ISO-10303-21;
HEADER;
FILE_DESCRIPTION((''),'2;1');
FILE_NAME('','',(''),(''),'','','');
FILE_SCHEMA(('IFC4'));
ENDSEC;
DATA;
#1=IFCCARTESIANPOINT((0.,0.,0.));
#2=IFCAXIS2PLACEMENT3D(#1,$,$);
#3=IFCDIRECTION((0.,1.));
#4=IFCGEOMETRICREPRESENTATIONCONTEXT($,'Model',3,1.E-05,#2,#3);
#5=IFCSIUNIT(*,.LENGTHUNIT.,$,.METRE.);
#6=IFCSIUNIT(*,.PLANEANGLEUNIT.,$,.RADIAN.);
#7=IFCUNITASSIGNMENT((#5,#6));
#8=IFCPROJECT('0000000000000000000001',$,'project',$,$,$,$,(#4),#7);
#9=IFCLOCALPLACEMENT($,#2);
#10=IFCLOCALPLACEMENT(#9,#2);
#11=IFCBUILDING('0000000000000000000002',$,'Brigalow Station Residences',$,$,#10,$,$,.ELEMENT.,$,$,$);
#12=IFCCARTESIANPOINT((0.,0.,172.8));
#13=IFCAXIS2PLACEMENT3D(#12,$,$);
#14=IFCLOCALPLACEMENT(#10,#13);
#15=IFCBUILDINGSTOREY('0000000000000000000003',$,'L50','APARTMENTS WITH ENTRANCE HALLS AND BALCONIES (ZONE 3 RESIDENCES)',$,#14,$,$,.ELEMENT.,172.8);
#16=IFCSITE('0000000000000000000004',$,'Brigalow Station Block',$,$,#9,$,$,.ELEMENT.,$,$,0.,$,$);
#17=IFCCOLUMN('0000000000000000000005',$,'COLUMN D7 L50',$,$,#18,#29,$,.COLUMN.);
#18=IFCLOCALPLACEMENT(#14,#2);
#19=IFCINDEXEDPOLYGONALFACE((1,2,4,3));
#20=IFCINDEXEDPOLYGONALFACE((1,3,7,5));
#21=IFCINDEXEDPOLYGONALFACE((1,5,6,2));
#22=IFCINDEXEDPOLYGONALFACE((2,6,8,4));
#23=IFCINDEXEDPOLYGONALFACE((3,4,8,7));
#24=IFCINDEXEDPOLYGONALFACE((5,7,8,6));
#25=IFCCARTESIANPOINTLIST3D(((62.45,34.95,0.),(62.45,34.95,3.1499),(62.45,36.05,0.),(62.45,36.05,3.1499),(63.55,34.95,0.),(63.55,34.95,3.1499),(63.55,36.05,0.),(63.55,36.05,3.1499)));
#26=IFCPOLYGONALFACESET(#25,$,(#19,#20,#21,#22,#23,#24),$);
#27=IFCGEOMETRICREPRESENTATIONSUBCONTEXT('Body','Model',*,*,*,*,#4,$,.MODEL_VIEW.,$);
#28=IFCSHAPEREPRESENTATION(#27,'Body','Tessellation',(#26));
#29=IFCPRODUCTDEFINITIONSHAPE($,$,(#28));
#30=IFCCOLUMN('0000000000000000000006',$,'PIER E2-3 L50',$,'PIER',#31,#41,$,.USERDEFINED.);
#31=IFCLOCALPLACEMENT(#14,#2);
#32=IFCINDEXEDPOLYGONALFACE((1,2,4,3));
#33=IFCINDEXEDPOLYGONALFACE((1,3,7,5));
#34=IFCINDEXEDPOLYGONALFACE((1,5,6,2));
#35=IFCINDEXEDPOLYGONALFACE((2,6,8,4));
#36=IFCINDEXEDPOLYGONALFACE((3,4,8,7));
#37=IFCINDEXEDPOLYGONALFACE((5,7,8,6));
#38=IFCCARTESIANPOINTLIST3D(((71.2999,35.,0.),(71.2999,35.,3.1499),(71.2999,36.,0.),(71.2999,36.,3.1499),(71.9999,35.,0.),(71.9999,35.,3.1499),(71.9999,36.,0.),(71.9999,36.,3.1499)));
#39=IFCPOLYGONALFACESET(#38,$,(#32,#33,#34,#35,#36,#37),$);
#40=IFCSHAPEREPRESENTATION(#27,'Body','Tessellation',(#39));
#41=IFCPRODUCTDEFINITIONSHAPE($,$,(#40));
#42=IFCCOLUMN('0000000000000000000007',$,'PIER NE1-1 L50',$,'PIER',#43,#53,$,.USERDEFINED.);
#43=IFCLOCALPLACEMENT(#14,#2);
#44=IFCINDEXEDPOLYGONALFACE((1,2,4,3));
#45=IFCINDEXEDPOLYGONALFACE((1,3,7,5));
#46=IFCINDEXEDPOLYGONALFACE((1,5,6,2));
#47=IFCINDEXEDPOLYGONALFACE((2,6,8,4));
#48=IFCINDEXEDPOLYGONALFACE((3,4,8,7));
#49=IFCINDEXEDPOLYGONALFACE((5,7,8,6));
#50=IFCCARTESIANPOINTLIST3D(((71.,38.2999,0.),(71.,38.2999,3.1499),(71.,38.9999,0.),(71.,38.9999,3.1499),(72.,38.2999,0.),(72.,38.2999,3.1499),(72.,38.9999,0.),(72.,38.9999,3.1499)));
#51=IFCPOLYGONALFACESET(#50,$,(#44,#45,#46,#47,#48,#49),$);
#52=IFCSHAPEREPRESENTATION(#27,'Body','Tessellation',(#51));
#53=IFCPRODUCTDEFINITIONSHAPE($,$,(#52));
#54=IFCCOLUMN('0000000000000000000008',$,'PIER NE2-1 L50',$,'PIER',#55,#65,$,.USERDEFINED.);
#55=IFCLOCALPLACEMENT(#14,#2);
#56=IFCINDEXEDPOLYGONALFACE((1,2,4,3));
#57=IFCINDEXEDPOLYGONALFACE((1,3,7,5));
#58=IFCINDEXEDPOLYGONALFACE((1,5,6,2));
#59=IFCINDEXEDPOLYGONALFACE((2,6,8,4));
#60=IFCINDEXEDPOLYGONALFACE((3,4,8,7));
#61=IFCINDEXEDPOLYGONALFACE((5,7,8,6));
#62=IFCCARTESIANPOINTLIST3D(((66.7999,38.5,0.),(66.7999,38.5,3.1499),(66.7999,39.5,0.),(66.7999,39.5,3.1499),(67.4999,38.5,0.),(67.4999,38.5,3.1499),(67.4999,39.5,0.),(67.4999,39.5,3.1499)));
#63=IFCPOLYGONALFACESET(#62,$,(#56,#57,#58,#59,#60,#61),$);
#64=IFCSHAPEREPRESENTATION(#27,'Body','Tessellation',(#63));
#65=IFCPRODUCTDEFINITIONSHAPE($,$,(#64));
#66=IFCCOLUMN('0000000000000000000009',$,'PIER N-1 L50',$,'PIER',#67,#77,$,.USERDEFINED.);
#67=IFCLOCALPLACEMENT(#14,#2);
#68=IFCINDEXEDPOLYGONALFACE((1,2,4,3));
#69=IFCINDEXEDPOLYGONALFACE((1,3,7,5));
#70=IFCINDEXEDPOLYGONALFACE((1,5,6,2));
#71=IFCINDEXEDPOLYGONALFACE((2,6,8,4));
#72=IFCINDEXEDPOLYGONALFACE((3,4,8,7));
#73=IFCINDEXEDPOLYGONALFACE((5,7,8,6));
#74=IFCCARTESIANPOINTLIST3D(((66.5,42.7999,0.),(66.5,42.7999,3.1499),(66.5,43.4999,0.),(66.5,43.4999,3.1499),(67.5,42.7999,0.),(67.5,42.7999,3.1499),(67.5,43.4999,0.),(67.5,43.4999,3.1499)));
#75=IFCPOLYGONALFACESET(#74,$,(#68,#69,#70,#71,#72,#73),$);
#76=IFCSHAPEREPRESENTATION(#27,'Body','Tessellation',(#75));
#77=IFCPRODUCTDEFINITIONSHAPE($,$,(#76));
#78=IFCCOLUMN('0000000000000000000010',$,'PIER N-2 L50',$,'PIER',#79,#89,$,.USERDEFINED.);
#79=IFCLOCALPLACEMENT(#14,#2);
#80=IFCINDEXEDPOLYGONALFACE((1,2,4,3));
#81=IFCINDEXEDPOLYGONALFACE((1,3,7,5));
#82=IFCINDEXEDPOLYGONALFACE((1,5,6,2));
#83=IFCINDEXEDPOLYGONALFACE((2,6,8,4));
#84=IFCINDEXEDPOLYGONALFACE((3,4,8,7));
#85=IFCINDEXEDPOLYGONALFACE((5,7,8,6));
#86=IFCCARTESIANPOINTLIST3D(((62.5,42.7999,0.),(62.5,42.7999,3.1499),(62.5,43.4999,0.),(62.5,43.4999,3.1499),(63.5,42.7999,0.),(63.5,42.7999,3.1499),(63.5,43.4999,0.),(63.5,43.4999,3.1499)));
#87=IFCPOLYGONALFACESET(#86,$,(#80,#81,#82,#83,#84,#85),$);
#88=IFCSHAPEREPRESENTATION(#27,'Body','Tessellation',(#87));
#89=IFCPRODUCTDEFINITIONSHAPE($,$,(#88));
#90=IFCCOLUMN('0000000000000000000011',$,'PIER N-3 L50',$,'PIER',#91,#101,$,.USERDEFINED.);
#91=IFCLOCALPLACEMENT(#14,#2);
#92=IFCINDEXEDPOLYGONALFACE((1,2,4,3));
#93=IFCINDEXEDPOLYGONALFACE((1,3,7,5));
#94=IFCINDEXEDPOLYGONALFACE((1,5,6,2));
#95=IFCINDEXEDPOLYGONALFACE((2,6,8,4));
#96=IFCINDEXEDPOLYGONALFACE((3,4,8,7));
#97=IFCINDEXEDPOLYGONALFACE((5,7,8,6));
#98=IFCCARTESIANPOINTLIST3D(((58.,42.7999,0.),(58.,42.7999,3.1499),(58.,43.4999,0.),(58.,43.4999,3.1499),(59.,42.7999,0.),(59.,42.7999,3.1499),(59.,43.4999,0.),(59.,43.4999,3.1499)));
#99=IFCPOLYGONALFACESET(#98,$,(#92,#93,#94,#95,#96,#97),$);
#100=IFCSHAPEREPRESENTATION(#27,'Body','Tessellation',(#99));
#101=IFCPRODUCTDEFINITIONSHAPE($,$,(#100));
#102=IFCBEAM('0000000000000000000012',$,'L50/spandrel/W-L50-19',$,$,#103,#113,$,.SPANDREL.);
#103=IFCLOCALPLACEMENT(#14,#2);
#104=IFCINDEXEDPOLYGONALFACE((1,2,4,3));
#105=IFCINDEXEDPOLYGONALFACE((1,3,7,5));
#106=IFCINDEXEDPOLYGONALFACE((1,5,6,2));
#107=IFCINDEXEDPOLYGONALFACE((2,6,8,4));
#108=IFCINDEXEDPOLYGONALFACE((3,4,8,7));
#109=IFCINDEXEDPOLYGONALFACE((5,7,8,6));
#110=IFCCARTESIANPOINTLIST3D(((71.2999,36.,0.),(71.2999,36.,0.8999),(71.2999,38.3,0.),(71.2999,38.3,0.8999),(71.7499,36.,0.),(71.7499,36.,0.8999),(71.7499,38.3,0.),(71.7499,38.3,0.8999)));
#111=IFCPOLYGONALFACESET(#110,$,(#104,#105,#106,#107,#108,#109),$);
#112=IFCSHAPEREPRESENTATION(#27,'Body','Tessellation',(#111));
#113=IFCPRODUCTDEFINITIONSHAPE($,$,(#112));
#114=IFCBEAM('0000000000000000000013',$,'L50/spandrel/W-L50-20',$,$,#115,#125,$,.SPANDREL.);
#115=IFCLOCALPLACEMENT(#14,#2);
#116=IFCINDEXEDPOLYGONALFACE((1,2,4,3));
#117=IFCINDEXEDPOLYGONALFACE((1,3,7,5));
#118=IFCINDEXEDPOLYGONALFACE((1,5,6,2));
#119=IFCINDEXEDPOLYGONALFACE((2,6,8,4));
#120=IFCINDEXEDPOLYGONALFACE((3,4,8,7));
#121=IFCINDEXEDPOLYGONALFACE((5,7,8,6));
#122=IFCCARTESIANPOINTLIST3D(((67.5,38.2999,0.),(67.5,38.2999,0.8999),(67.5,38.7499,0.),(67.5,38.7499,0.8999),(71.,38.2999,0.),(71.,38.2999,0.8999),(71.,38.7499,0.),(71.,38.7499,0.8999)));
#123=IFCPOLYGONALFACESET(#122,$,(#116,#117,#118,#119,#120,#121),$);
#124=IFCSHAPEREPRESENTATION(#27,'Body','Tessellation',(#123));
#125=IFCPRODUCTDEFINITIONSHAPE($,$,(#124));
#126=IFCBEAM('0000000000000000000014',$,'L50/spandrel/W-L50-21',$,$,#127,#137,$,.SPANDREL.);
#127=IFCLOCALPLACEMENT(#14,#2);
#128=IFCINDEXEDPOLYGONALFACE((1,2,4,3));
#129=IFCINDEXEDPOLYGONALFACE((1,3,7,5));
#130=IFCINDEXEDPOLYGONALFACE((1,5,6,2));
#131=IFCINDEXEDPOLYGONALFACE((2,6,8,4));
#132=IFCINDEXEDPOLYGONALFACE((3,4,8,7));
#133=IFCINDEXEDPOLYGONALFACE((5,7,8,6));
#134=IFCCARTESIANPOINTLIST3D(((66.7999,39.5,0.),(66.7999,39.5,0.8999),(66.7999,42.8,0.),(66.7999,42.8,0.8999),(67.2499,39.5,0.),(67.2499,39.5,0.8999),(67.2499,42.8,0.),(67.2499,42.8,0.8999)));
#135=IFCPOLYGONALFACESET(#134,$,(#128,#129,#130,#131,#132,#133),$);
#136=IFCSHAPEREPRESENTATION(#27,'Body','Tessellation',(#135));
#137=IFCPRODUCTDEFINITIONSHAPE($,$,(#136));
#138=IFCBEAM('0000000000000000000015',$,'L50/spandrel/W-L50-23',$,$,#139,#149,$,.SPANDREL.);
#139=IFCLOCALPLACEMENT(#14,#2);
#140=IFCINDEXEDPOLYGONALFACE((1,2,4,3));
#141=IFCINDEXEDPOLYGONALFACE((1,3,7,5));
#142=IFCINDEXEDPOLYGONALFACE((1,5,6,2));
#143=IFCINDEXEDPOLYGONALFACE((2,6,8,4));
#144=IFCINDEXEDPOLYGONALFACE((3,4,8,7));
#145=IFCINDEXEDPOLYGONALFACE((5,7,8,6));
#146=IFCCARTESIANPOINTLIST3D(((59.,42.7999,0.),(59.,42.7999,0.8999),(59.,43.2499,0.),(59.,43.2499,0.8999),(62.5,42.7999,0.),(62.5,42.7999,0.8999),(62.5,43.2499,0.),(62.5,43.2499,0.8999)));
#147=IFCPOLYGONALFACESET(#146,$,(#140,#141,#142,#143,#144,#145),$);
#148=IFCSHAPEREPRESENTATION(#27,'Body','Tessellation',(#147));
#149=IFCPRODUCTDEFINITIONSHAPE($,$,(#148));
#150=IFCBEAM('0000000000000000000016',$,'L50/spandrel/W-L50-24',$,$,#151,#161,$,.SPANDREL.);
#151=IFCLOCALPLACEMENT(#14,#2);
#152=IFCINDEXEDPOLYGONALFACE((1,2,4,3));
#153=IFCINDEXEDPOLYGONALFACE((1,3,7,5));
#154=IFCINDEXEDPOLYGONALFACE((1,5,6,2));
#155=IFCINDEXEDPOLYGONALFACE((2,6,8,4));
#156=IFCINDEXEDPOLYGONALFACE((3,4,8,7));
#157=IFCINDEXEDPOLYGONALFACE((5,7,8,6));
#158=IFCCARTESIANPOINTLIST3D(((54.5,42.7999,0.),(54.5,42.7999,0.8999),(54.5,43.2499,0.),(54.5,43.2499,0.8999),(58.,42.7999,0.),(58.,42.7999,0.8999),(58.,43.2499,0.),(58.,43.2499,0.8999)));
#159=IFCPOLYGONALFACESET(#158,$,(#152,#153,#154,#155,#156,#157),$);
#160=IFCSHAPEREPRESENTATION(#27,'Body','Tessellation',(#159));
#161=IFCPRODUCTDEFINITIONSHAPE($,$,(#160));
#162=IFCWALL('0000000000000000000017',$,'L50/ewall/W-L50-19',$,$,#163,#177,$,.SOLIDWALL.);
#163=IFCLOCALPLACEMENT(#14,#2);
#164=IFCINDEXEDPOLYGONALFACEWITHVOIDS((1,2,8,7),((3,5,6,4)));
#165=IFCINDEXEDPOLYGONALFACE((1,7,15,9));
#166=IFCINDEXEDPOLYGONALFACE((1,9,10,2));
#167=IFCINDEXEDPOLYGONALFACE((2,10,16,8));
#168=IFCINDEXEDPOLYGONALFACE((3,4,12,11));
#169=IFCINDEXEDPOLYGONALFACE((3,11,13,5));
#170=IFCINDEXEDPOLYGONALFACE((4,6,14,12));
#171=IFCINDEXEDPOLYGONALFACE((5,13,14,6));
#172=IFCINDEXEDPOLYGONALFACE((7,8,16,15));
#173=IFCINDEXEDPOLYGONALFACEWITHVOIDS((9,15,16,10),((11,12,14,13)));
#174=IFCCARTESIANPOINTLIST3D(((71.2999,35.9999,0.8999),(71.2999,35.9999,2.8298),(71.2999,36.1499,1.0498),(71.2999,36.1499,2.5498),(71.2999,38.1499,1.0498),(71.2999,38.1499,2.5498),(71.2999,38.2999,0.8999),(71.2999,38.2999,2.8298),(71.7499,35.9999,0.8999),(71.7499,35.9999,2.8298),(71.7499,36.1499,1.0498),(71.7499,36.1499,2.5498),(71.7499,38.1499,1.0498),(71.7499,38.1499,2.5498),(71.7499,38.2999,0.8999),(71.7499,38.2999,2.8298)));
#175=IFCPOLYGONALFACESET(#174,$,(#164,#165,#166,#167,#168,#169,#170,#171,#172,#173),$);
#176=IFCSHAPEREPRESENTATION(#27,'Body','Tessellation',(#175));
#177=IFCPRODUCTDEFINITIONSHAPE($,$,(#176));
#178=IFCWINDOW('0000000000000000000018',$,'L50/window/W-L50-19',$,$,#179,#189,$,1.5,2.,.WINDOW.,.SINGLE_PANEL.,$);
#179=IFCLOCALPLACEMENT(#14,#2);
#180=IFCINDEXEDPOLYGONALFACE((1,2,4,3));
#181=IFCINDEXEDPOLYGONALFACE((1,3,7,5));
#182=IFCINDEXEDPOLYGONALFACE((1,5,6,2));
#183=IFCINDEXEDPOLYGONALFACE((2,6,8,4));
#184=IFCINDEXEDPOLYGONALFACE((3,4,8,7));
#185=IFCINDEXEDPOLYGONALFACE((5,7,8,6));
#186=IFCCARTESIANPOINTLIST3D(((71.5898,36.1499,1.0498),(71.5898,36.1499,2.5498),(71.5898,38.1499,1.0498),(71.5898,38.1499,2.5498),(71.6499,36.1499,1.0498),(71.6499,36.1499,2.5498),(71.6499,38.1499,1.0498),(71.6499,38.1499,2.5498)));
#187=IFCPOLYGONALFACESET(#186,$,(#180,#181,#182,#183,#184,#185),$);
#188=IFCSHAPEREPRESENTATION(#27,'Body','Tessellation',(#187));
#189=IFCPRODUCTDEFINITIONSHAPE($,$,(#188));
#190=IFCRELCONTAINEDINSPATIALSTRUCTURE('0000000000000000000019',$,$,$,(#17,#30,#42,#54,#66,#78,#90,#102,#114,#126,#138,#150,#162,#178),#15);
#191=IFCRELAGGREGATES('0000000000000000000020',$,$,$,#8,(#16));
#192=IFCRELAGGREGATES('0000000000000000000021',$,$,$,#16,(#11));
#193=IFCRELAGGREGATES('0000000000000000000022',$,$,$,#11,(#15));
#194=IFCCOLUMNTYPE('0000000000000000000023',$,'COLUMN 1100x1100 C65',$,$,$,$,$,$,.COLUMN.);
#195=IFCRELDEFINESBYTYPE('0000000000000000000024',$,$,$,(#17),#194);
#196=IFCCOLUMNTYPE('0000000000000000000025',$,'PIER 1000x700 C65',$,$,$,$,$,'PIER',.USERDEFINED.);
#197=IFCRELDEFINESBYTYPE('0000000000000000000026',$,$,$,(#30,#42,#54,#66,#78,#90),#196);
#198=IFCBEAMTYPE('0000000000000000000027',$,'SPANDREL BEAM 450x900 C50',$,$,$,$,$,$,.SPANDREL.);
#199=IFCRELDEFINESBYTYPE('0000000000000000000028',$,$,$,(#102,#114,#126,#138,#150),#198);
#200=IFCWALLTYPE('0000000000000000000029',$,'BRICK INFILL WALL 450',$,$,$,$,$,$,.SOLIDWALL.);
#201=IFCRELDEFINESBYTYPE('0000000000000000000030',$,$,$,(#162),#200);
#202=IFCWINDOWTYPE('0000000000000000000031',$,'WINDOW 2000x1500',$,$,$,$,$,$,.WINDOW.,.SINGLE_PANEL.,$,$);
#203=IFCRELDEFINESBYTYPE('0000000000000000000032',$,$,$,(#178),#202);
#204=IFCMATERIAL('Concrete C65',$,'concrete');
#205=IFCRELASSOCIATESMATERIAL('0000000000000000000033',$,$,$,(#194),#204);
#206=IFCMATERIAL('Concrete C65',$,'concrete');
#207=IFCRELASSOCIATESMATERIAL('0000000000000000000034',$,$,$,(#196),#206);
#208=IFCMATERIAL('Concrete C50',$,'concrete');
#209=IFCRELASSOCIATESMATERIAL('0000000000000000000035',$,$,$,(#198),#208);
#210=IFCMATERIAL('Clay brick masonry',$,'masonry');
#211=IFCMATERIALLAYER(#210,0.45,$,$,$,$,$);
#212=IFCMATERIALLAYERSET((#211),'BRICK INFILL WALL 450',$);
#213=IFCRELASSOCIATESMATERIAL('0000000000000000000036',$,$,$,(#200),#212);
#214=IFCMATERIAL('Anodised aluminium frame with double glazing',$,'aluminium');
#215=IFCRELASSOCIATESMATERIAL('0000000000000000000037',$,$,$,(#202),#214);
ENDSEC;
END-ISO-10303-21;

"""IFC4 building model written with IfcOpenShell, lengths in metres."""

from ifc_helpers import new_model, si_unit, direction, frame, frame_2d, origin, origin_2d, place, context, subcontext, project, spatial, rectangle, extrude, material, layer, layer_set, material_profile, profile_set, type_object, element, fill, save


model = new_model("IFC4")

# Units and contexts
model_context = context("Model", 3, precision=1e-05, world=origin(), true_north=direction((0.0, 1.0)))
body_context = subcontext(model_context, "Body", "Model", "MODEL_VIEW")
ifc_project = project(units=[si_unit("LENGTHUNIT", "METRE"), si_unit("PLANEANGLEUNIT", "RADIAN")], contexts=[model_context])

# Site, building, storey
site_placement = place(None, origin())
site = spatial("IfcSite", under=ifc_project, at=site_placement, Name="Brigalow Station Block", CompositionType="ELEMENT", RefElevation=0.0)
building_placement = place(site_placement, origin())
building = spatial("IfcBuilding", under=site, at=building_placement, Name="Brigalow Station Residences", CompositionType="ELEMENT")
storey_placement = place(building_placement, frame((0.0, 0.0, 172.8)))
storey = spatial("IfcBuildingStorey", under=building, at=storey_placement, Name="L50", Description="APARTMENTS WITH ENTRANCE HALLS AND BALCONIES (ZONE 3 RESIDENCES)", CompositionType="ELEMENT", Elevation=172.8)

# Columns
ifc_material_1 = material(Name="Concrete C65", Category="concrete")
ifc_material_profile_1 = material_profile(ifc_material_1, rectangle(XDim=1.1001, YDim=1.1001, at=origin_2d()), Name="RC1100x1100")
ifc_profile_set_1 = profile_set([ifc_material_profile_1], Name="Concrete C65")
column_type_1 = type_object("IfcColumnType", Name="COLUMN 1100x1100 C65", PredefinedType="COLUMN", material=ifc_profile_set_1)
column_placement = place(storey_placement, frame((63.0, 35.5, 0.0), z_axis=(0.0, 0.0, 1.0), x_axis=(1.0, 0.0, 0.0)))
element("IfcColumn", 1, at=column_placement, inside=storey, type_object=column_type_1, Name="COLUMN D7 L50", PredefinedType="COLUMN", context=body_context, shape_type="SweptSolid", body=[
    extrude(rectangle(XDim=1.1001, YDim=1.1001, at=origin_2d()), origin(), (0.0, 0.0, 1.0), 3.1499),
])
ifc_material_2 = material(Name="Concrete C65", Category="concrete")
ifc_material_profile_2 = material_profile(ifc_material_2, rectangle(XDim=1.0, YDim=0.7, at=origin_2d()), Name="RC1000x700")
ifc_profile_set_2 = profile_set([ifc_material_profile_2], Name="Concrete C65")
column_type_2 = type_object("IfcColumnType", Name="PIER 1000x700 C65", ElementType="PIER", PredefinedType="USERDEFINED", material=ifc_profile_set_2)
for number, where, z_axis, x_axis, name in (
    (2, (71.6499, 35.5, 0.0), (0.0, 0.0, 1.0), (0.0, 1.0, 0.0), "PIER E2-3 L50"),
    (3, (71.5, 38.6499, 0.0), (0.0, 0.0, 1.0), (-1.0, 0.0, 0.0), "PIER NE1-1 L50"),
    (4, (67.1499, 39.0, 0.0), (0.0, 0.0, 1.0), (0.0, 1.0, 0.0), "PIER NE2-1 L50"),
    (5, (67.0, 43.1499, 0.0), (0.0, 0.0, 1.0), (-1.0, 0.0, 0.0), "PIER N-1 L50"),
    (6, (63.0, 43.1499, 0.0), (0.0, 0.0, 1.0), (-1.0, 0.0, 0.0), "PIER N-2 L50"),
    (7, (58.5, 43.1499, 0.0), (0.0, 0.0, 1.0), (-1.0, 0.0, 0.0), "PIER N-3 L50"),
):
    element("IfcColumn", number, at=place(storey_placement, frame(where, z_axis=z_axis, x_axis=x_axis)), inside=storey, type_object=column_type_2, Name=name, ObjectType="PIER", PredefinedType="USERDEFINED", context=body_context, shape_type="SweptSolid", body=[
        extrude(rectangle(XDim=1.0, YDim=0.7, at=origin_2d()), origin(), (0.0, 0.0, 1.0), 3.1499),
    ])

# Beams
ifc_material_3 = material(Name="Concrete C50", Category="concrete")
ifc_material_profile_3 = material_profile(ifc_material_3, rectangle(XDim=0.45, YDim=0.8999, at=origin_2d()), Name="RC450x900")
ifc_profile_set_3 = profile_set([ifc_material_profile_3], Name="Concrete C50")
beam_type = type_object("IfcBeamType", Name="SPANDREL BEAM 450x900 C50", PredefinedType="SPANDREL", material=ifc_profile_set_3)
beam_1_placement = place(storey_placement, frame((71.5249, 36.0, 0.45), z_axis=(0.0, 1.0, 0.0), x_axis=(-1.0, 0.0, 0.0)))
element("IfcBeam", 8, at=beam_1_placement, inside=storey, type_object=beam_type, Name="L50/spandrel/W-L50-19", PredefinedType="SPANDREL", context=body_context, shape_type="SweptSolid", body=[
    extrude(rectangle(XDim=0.45, YDim=0.8999, at=origin_2d()), origin(), (0.0, 0.0, 1.0), 2.3),
])
beam_2_placement = place(storey_placement, frame((71.0, 38.5249, 0.45), z_axis=(-1.0, 0.0, 0.0), x_axis=(0.0, -1.0, 0.0)))
element("IfcBeam", 9, at=beam_2_placement, inside=storey, type_object=beam_type, Name="L50/spandrel/W-L50-20", PredefinedType="SPANDREL", context=body_context, shape_type="SweptSolid", body=[
    extrude(rectangle(XDim=0.45, YDim=0.8999, at=origin_2d()), origin(), (0.0, 0.0, 1.0), 3.5),
])
beam_3_placement = place(storey_placement, frame((67.0249, 39.5, 0.45), z_axis=(0.0, 1.0, 0.0), x_axis=(-1.0, 0.0, 0.0)))
element("IfcBeam", 10, at=beam_3_placement, inside=storey, type_object=beam_type, Name="L50/spandrel/W-L50-21", PredefinedType="SPANDREL", context=body_context, shape_type="SweptSolid", body=[
    extrude(rectangle(XDim=0.45, YDim=0.8999, at=origin_2d()), origin(), (0.0, 0.0, 1.0), 3.3),
])
for number, where, z_axis, x_axis, name in (
    (11, (62.5, 43.0249, 0.45), (-1.0, 0.0, 0.0), (0.0, -1.0, 0.0), "L50/spandrel/W-L50-23"),
    (12, (58.0, 43.0249, 0.45), (-1.0, 0.0, 0.0), (0.0, -1.0, 0.0), "L50/spandrel/W-L50-24"),
):
    element("IfcBeam", number, at=place(storey_placement, frame(where, z_axis=z_axis, x_axis=x_axis)), inside=storey, type_object=beam_type, Name=name, PredefinedType="SPANDREL", context=body_context, shape_type="SweptSolid", body=[
        extrude(rectangle(XDim=0.45, YDim=0.8999, at=origin_2d()), origin(), (0.0, 0.0, 1.0), 3.5),
    ])

# Wall, opening, window
ifc_material_4 = material(Name="Clay brick masonry", Category="masonry")
ifc_layer_1 = layer(ifc_material_4, 0.45)
ifc_layer_set_1 = layer_set([ifc_layer_1], Name="BRICK INFILL WALL 450")
wall_type_1 = type_object("IfcWallType", Name="BRICK INFILL WALL 450", PredefinedType="SOLIDWALL", material=ifc_layer_set_1)
wall_1_placement = place(storey_placement, frame((71.5249, 36.0, 0.8999), z_axis=(0.0, 0.0, 1.0), x_axis=(0.0, 1.0, 0.0)))
wall_1 = element("IfcWall", 13, at=wall_1_placement, inside=storey, type_object=wall_type_1, Name="L50/ewall/W-L50-19", PredefinedType="SOLIDWALL", context=body_context, shape_type="SweptSolid", body=[
    extrude(rectangle(XDim=2.3, YDim=0.45, at=frame_2d((1.1499, 0.0))), origin(), (0.0, 0.0, 1.0), 1.9299),
])
opening_1_placement = place(wall_1_placement, frame((0.1499, 0.0, 0.1499)))
opening_1 = element("IfcOpeningElement", 14, at=opening_1_placement, cuts=wall_1, PredefinedType="OPENING", context=body_context, shape_type="SweptSolid", body=[
    extrude(rectangle(XDim=2.0, YDim=1.5, at=frame_2d((1.0, 0.75))), frame((0.0, 0.2349, 0.0), z_axis=(0.0, -1.0, 0.0), x_axis=(1.0, 0.0, 0.0)), (0.0, 0.0, 1.0), 0.47),
])
ifc_material_5 = material(Name="Anodised aluminium frame with double glazing", Category="aluminium")
window_type_1 = type_object("IfcWindowType", Name="WINDOW 2000x1500", PartitioningType="SINGLE_PANEL", PredefinedType="WINDOW", material=ifc_material_5)
window_1_placement = place(opening_1_placement, origin())
window_1 = element("IfcWindow", 15, at=window_1_placement, inside=storey, type_object=window_type_1, Name="L50/window/W-L50-19", OverallHeight=1.5, OverallWidth=2.0, PartitioningType="SINGLE_PANEL", PredefinedType="WINDOW", context=body_context, shape_type="SweptSolid", body=[
    extrude(rectangle(XDim=2.0, YDim=1.5, at=frame_2d((1.0, 0.75))), frame((0.0, -0.0649, 0.0), z_axis=(0.0, -1.0, 0.0), x_axis=(1.0, 0.0, 0.0)), (0.0, 0.0, 1.0), 0.0601),
])
fill(opening_1, window_1)

save(model, "model.ifc")
